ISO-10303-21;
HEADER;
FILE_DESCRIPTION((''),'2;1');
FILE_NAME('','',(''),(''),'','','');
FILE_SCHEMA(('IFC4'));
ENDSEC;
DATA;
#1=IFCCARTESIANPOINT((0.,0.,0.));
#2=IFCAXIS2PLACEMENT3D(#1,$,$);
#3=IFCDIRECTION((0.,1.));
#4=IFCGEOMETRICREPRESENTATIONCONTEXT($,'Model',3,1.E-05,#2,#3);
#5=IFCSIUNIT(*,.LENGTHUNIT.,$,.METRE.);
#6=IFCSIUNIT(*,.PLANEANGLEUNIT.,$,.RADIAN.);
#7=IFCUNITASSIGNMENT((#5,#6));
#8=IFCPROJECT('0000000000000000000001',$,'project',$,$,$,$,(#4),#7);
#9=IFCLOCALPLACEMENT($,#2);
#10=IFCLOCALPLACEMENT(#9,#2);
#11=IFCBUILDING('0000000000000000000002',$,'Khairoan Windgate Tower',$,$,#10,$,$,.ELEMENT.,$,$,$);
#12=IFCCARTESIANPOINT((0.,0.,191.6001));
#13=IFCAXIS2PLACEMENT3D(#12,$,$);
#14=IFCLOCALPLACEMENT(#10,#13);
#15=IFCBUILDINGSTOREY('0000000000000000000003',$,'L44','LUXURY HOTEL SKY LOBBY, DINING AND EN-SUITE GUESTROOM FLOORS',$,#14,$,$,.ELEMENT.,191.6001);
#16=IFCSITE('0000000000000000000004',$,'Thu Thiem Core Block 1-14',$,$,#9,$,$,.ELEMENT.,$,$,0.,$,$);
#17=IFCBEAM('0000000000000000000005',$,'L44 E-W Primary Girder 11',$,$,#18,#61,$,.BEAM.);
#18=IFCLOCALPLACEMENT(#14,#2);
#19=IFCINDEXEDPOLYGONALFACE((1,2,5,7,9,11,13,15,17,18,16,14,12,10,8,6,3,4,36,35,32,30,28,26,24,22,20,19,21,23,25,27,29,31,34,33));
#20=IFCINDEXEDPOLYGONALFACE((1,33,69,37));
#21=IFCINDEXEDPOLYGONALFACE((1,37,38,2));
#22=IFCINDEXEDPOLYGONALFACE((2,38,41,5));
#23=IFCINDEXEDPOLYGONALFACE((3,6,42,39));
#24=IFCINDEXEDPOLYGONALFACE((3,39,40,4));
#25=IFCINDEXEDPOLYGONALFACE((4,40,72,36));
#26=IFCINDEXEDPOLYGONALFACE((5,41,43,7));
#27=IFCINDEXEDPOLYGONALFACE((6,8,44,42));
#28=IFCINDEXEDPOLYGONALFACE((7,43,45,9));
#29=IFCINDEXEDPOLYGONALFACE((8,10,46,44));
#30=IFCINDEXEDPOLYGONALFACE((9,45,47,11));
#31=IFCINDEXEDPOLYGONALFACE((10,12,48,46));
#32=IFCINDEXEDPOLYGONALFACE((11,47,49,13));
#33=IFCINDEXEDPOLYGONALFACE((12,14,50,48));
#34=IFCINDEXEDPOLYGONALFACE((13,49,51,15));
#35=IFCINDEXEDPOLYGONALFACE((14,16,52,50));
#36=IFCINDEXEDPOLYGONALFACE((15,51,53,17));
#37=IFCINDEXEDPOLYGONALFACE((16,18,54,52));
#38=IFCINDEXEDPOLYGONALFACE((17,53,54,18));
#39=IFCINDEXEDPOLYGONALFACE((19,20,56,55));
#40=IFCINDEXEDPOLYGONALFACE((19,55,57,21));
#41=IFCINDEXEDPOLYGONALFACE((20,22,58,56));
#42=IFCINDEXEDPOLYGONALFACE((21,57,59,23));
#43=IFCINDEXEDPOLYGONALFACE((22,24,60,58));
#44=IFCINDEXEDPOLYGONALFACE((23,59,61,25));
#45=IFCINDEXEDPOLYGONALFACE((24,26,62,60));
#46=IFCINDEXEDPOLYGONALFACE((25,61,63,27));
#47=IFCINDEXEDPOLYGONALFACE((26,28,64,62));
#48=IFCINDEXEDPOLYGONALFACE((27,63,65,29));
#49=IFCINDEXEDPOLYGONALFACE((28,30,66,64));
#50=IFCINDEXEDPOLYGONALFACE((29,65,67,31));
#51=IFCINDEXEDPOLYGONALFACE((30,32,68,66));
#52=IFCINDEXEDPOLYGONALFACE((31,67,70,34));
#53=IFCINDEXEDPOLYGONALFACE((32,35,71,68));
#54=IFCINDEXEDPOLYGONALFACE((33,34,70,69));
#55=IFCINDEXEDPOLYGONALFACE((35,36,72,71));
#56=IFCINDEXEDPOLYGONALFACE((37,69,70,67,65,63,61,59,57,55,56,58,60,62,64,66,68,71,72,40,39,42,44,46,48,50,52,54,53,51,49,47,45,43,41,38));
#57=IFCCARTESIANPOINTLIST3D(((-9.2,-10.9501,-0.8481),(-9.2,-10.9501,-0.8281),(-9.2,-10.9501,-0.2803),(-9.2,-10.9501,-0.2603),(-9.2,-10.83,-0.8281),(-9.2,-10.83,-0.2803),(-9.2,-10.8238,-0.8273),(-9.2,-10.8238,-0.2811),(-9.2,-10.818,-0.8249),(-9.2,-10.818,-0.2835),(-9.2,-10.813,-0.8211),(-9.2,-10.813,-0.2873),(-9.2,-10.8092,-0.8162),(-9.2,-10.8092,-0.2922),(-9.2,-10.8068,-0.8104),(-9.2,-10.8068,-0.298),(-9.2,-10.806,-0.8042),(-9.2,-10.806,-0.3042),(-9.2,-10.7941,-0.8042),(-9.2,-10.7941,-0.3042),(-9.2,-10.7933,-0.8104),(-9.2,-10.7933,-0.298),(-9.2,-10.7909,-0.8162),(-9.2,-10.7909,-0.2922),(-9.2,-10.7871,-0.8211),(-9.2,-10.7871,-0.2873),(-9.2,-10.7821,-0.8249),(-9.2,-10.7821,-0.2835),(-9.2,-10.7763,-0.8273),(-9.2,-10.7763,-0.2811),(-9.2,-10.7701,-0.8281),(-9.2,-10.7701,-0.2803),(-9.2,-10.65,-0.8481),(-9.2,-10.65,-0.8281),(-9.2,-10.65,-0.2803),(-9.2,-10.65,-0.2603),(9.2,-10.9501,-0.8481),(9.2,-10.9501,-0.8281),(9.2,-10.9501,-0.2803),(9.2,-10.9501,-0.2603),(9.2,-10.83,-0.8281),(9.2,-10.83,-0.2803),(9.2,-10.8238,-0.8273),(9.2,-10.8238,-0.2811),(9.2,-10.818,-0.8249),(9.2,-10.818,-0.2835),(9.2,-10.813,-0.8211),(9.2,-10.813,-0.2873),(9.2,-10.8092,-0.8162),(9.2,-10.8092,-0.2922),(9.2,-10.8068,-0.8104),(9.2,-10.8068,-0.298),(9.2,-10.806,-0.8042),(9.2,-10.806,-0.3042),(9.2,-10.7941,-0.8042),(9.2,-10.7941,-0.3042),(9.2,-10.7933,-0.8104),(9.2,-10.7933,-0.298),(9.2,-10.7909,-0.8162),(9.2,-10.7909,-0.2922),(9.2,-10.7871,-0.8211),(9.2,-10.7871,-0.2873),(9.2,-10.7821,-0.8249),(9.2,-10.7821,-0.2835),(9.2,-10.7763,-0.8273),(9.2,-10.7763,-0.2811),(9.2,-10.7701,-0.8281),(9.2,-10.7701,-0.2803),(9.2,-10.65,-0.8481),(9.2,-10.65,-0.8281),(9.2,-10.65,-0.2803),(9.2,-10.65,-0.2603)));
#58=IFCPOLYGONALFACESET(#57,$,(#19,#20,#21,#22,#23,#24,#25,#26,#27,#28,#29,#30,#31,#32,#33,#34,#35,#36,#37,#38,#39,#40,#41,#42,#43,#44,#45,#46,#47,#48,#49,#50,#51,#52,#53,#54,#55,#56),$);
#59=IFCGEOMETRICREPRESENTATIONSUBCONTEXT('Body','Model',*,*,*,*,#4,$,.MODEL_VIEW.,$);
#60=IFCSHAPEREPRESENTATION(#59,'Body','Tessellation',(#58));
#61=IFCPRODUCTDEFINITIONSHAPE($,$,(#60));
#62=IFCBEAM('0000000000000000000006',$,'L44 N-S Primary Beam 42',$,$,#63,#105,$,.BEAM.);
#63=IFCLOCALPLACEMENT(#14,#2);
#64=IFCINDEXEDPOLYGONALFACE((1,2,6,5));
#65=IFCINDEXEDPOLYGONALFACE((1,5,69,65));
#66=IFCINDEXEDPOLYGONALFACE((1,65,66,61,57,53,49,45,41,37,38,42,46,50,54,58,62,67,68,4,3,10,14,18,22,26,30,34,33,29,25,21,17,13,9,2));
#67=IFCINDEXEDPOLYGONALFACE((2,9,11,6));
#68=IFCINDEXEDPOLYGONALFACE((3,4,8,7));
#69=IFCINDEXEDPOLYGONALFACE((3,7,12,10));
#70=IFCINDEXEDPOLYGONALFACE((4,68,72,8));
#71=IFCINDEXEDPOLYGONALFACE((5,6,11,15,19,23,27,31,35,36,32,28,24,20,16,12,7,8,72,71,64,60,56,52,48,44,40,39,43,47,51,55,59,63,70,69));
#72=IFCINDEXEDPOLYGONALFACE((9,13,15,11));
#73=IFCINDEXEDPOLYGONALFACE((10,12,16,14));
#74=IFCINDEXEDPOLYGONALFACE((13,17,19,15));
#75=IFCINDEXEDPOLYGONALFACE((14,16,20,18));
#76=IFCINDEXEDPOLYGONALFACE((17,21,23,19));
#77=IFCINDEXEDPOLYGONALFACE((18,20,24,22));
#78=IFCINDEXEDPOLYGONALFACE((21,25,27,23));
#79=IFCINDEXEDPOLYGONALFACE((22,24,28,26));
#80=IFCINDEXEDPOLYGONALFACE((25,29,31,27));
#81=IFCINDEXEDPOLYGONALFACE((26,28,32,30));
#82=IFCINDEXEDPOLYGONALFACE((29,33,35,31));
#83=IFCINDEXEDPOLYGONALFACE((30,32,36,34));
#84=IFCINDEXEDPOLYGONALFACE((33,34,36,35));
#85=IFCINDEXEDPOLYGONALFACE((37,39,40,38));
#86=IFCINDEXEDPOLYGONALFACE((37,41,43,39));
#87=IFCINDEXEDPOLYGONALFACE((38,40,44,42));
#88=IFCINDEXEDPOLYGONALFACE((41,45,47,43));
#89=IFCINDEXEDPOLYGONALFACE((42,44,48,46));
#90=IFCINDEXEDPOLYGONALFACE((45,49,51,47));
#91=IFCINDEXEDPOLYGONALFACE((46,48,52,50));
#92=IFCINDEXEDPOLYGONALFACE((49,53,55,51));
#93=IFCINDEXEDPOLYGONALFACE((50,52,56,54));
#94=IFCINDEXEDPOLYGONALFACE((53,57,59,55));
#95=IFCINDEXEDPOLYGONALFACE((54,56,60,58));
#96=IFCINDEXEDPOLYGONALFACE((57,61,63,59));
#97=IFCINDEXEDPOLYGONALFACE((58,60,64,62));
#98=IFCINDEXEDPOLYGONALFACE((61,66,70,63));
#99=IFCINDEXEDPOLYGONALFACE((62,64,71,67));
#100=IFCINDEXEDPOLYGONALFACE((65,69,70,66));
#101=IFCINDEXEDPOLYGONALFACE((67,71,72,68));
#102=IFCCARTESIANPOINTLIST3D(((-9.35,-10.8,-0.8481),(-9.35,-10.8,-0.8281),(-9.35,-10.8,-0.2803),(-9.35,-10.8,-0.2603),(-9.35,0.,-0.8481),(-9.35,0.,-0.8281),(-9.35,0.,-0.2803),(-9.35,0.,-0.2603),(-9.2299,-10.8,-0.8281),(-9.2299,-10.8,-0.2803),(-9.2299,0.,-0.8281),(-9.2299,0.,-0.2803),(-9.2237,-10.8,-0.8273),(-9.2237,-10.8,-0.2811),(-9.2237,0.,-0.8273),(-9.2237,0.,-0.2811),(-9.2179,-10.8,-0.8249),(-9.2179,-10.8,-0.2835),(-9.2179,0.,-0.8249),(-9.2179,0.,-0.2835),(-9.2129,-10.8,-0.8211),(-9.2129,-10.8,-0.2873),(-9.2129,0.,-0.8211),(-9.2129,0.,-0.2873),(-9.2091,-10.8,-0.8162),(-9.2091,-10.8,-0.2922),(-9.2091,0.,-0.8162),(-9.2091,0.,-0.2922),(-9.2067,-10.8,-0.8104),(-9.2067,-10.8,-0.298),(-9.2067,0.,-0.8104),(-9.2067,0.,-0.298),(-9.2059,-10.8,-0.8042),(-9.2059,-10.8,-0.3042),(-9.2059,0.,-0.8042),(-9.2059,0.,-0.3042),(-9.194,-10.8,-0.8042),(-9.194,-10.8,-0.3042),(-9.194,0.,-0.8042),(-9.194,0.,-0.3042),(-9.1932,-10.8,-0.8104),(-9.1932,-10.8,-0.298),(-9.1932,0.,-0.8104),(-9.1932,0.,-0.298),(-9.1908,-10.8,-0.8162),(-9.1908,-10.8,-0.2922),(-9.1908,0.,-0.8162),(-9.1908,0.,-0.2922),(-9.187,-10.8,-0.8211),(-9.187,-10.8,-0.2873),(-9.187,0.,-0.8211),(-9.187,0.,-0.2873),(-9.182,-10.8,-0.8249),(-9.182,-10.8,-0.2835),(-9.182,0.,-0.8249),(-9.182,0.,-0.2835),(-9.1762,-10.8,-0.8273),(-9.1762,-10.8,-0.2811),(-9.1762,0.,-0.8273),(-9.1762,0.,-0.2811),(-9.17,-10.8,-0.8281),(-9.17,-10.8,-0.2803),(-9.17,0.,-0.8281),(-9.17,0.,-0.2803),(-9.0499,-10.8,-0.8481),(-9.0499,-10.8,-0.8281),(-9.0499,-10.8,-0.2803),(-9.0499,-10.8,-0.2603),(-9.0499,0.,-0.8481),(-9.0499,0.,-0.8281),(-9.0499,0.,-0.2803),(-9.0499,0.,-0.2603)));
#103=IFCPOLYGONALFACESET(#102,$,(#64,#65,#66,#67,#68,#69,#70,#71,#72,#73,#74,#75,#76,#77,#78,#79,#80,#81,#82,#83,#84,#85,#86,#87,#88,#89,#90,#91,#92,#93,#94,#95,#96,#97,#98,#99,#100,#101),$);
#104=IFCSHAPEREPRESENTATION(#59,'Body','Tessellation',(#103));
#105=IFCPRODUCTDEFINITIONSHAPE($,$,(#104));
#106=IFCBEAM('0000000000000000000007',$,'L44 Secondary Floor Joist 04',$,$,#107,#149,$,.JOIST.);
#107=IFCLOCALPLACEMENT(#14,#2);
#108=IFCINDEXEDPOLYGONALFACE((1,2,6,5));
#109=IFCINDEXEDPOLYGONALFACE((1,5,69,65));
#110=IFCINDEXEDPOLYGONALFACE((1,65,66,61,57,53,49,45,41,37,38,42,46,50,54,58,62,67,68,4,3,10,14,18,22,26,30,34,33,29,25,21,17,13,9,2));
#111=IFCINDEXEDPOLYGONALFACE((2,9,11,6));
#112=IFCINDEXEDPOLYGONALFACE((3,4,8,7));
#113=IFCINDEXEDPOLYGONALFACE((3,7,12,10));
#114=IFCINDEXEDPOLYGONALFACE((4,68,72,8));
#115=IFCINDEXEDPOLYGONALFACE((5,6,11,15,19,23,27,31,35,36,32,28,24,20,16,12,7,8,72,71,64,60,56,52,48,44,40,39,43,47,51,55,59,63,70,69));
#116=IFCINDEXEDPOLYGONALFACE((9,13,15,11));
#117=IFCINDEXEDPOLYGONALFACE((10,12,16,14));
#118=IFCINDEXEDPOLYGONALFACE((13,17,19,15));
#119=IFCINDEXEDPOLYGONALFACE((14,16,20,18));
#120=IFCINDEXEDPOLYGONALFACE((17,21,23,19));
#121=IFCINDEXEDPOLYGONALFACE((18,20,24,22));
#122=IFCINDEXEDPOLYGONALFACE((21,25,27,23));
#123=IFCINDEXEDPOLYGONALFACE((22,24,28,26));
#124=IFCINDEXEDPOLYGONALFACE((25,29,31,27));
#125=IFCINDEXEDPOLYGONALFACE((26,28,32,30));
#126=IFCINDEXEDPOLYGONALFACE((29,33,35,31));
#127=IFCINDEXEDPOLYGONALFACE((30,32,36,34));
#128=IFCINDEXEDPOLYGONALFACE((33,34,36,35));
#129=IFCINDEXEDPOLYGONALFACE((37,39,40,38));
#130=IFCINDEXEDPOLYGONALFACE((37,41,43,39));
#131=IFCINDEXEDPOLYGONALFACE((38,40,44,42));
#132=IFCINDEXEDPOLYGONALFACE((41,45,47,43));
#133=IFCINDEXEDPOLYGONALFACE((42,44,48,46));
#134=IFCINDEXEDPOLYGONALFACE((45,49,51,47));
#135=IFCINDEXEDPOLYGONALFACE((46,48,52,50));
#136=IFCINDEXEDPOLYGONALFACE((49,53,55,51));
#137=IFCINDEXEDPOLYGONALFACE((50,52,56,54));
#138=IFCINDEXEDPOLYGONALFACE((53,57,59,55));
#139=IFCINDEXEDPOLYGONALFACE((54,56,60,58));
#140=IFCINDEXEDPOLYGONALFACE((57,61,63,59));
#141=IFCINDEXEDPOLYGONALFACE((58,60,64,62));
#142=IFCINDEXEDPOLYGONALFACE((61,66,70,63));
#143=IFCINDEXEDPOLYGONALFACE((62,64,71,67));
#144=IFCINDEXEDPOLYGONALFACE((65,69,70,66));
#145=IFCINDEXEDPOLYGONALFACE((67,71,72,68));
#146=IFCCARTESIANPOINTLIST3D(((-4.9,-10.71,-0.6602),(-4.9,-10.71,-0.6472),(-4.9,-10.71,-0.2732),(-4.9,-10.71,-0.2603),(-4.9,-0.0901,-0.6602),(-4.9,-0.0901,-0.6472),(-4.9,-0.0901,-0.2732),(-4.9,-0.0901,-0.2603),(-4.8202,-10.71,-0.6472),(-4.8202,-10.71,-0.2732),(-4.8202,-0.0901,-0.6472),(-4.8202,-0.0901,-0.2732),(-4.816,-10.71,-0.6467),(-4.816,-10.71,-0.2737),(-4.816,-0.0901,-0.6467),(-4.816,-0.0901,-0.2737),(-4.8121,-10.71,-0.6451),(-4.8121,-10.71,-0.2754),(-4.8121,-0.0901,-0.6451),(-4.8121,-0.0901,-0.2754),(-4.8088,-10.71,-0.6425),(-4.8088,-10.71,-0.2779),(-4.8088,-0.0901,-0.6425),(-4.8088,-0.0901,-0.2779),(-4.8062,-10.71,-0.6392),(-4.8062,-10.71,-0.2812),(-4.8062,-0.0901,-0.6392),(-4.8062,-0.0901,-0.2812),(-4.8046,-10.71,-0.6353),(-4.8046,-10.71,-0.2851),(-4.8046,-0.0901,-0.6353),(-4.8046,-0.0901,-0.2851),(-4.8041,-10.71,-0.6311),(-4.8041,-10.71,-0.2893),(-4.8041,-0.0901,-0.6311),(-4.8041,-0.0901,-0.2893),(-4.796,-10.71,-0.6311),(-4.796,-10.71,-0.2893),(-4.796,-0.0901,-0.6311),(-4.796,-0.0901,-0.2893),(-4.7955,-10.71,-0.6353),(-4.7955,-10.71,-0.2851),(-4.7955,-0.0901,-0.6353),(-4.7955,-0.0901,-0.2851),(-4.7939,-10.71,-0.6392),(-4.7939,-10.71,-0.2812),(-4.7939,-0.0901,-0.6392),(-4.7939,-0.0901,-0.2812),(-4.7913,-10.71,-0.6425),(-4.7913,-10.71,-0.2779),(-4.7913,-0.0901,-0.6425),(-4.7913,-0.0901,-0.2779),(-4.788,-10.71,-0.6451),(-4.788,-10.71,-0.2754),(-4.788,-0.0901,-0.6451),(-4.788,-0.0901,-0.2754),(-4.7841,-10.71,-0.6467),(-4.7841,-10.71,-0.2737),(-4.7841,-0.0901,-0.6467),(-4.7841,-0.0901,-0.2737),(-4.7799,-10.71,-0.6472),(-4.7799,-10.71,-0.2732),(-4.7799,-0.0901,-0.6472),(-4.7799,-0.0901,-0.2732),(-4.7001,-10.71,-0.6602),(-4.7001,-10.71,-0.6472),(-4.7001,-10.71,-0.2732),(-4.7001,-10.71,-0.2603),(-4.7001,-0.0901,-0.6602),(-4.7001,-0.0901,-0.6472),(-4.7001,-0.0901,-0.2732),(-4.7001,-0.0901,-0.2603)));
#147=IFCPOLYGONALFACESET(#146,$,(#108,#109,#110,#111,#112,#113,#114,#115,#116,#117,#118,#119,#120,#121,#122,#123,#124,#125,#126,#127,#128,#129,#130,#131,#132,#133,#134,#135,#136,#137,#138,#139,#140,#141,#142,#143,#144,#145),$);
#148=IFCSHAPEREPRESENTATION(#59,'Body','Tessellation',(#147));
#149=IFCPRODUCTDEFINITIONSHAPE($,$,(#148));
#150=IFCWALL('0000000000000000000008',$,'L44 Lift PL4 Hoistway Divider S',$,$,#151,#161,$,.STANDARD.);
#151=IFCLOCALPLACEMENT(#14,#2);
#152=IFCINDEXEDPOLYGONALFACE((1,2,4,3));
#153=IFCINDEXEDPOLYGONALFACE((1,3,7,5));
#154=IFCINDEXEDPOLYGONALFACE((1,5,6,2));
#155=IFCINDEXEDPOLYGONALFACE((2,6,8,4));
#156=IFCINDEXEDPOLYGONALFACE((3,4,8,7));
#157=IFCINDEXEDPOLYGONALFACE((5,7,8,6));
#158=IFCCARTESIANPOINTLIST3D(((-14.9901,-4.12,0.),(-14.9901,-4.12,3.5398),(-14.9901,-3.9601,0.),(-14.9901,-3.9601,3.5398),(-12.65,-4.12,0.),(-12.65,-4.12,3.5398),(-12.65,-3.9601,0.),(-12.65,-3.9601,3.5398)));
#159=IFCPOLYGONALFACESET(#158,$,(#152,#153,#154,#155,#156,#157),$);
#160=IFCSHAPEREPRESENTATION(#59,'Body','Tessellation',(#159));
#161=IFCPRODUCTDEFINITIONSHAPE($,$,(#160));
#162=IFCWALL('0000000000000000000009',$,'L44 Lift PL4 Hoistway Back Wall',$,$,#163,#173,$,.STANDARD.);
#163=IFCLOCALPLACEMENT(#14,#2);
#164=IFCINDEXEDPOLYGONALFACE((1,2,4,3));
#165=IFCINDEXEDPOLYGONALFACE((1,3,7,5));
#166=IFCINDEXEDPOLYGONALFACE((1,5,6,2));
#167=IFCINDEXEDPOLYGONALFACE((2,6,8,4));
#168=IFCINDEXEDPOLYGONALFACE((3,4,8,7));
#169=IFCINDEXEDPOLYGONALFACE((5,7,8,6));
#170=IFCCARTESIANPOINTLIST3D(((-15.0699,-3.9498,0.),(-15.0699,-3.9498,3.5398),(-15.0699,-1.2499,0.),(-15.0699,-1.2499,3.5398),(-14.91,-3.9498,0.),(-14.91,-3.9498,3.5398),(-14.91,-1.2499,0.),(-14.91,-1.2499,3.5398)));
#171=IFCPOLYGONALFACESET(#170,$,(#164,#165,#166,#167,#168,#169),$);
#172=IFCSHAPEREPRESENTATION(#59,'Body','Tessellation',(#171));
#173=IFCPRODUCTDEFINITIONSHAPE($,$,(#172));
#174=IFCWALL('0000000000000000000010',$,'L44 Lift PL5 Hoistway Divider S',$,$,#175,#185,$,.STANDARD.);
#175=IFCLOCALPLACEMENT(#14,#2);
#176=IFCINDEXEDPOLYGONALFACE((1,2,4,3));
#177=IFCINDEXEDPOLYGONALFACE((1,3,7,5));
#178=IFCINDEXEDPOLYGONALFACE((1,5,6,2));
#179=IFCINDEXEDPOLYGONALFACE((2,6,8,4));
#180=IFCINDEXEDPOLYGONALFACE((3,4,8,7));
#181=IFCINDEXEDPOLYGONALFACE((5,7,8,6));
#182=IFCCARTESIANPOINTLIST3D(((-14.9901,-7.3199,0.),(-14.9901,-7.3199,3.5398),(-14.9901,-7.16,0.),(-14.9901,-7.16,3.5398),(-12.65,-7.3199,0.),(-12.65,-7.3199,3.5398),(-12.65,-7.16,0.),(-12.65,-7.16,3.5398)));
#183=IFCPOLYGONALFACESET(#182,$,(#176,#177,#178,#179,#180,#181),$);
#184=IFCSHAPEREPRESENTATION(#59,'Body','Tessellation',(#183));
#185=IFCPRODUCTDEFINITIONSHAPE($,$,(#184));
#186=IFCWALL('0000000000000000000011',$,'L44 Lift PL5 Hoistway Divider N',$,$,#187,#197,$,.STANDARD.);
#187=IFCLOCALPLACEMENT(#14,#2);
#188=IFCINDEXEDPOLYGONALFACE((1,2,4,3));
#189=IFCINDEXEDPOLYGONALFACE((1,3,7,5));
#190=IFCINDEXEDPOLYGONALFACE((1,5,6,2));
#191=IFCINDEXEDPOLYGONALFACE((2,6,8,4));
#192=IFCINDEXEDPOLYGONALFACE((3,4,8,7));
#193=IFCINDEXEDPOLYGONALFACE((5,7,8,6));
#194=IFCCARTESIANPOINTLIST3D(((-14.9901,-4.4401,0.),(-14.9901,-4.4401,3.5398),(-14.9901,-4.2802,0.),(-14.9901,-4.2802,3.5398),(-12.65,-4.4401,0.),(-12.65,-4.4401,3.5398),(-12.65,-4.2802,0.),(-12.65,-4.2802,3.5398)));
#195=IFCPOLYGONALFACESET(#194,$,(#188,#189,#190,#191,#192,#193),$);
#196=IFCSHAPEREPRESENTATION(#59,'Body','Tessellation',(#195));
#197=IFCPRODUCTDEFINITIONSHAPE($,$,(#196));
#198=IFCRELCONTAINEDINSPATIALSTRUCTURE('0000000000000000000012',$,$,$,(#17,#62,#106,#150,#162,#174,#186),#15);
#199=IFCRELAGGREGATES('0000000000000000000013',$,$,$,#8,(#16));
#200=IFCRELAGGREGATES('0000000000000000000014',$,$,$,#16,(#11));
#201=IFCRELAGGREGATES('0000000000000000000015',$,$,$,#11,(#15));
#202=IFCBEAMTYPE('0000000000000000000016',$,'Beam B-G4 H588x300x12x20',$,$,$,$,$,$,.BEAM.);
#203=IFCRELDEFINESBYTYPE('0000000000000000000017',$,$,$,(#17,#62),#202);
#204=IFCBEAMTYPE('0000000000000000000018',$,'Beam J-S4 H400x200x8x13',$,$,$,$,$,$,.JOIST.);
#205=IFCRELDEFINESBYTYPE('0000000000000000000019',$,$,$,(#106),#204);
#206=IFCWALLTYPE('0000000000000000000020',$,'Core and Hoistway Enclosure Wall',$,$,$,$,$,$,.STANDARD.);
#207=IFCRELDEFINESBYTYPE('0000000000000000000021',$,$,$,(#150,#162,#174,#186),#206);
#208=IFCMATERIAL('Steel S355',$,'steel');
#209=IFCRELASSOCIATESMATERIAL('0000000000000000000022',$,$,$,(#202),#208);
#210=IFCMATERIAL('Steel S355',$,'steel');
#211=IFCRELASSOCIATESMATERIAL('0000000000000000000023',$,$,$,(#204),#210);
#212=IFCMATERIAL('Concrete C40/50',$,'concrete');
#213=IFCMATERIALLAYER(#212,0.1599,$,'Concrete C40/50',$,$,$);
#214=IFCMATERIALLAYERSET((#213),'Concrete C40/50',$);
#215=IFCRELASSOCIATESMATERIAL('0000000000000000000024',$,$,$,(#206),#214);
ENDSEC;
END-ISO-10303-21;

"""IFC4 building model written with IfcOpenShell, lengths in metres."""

from ifc_helpers import new_model, si_unit, direction, frame, frame_2d, origin, origin_2d, place, context, subcontext, project, spatial, rectangle, i_section, extrude, material, layer, layer_set, material_profile, profile_set, type_object, element, save


model = new_model("IFC4")

# Units and contexts
model_context = context("Model", 3, precision=1e-05, world=origin(), true_north=direction((0.0, 1.0)))
body_context = subcontext(model_context, "Body", "Model", "MODEL_VIEW")
ifc_project = project(units=[si_unit("LENGTHUNIT", "METRE"), si_unit("PLANEANGLEUNIT", "RADIAN")], contexts=[model_context])

# Site, building, storey
site_placement = place(None, origin())
site = spatial("IfcSite", under=ifc_project, at=site_placement, Name="Thu Thiem Core Block 1-14", CompositionType="ELEMENT", RefElevation=0.0)
building_placement = place(site_placement, origin())
building = spatial("IfcBuilding", under=site, at=building_placement, Name="Khairoan Windgate Tower", CompositionType="ELEMENT")
storey_placement = place(building_placement, frame((0.0, 0.0, 191.6001)))
storey = spatial("IfcBuildingStorey", under=building, at=storey_placement, Name="L44", Description="LUXURY HOTEL SKY LOBBY, DINING AND EN-SUITE GUESTROOM FLOORS", CompositionType="ELEMENT", Elevation=191.6001)

# Beams
ifc_material_1 = material(Name="Steel S355", Category="steel")
ifc_material_profile_1 = material_profile(ifc_material_1, i_section(OverallWidth=0.3, OverallDepth=0.5879, WebThickness=0.012, FlangeThickness=0.02, FilletRadius=0.0239, at=origin_2d()))
ifc_profile_set_1 = profile_set([ifc_material_profile_1], Name="Steel S355")
beam_type_1 = type_object("IfcBeamType", Name="Beam B-G4 H588x300x12x20", PredefinedType="BEAM", material=ifc_profile_set_1)
beam_1_placement = place(storey_placement, frame((-9.2, -10.8, -0.5542), z_axis=(1.0, 0.0, 0.0), x_axis=(0.0, 1.0, 0.0)))
element("IfcBeam", 1, at=beam_1_placement, inside=storey, type_object=beam_type_1, Name="L44 E-W Primary Girder 11", PredefinedType="BEAM", context=body_context, shape_type="SweptSolid", body=[
    extrude(i_section(OverallWidth=0.3, OverallDepth=0.5879, WebThickness=0.012, FlangeThickness=0.02, FilletRadius=0.0239, at=origin_2d()), origin(), (0.0, 0.0, 1.0), 18.3999),
])
beam_2_placement = place(storey_placement, frame((-9.2, -10.8, -0.5542), z_axis=(0.0, 1.0, 0.0), x_axis=(-1.0, 0.0, 0.0)))
element("IfcBeam", 2, at=beam_2_placement, inside=storey, type_object=beam_type_1, Name="L44 N-S Primary Beam 42", PredefinedType="BEAM", context=body_context, shape_type="SweptSolid", body=[
    extrude(i_section(OverallWidth=0.3, OverallDepth=0.5879, WebThickness=0.012, FlangeThickness=0.02, FilletRadius=0.0239, at=origin_2d()), origin(), (0.0, 0.0, 1.0), 10.8),
])
ifc_material_2 = material(Name="Steel S355", Category="steel")
ifc_material_profile_2 = material_profile(ifc_material_2, i_section(OverallWidth=0.2, OverallDepth=0.3999, WebThickness=0.0081, FlangeThickness=0.0129, FilletRadius=0.0161, at=origin_2d()))
ifc_profile_set_2 = profile_set([ifc_material_profile_2], Name="Steel S355")
beam_type_2 = type_object("IfcBeamType", Name="Beam J-S4 H400x200x8x13", PredefinedType="JOIST", material=ifc_profile_set_2)
beam_3_placement = place(storey_placement, frame((-4.8, -10.71, -0.4602), z_axis=(0.0, 1.0, 0.0), x_axis=(-1.0, 0.0, 0.0)))
element("IfcBeam", 3, at=beam_3_placement, inside=storey, type_object=beam_type_2, Name="L44 Secondary Floor Joist 04", PredefinedType="JOIST", context=body_context, shape_type="SweptSolid", body=[
    extrude(i_section(OverallWidth=0.2, OverallDepth=0.3999, WebThickness=0.0081, FlangeThickness=0.0129, FilletRadius=0.0161, at=origin_2d()), origin(), (0.0, 0.0, 1.0), 10.6199),
])

# Walls
ifc_material_3 = material(Name="Concrete C40/50", Category="concrete")
ifc_layer = layer(ifc_material_3, 0.1599, Name="Concrete C40/50")
ifc_layer_set = layer_set([ifc_layer], Name="Concrete C40/50")
wall_type = type_object("IfcWallType", Name="Core and Hoistway Enclosure Wall", PredefinedType="STANDARD", material=ifc_layer_set)
wall_1_placement = place(storey_placement, frame((-14.99, -4.04, 0.0), z_axis=(0.0, 0.0, 1.0), x_axis=(1.0, 0.0, 0.0)))
element("IfcWall", 4, at=wall_1_placement, inside=storey, type_object=wall_type, Name="L44 Lift PL4 Hoistway Divider S", PredefinedType="STANDARD", context=body_context, shape_type="SweptSolid", body=[
    extrude(rectangle(XDim=2.3401, YDim=0.1599, at=frame_2d((1.1699, 0.0))), origin(), (0.0, 0.0, 1.0), 3.5398),
])
wall_2_placement = place(storey_placement, frame((-14.99, -3.95, 0.0), z_axis=(0.0, 0.0, 1.0), x_axis=(0.0, 1.0, 0.0)))
element("IfcWall", 5, at=wall_2_placement, inside=storey, type_object=wall_type, Name="L44 Lift PL4 Hoistway Back Wall", PredefinedType="STANDARD", context=body_context, shape_type="SweptSolid", body=[
    extrude(rectangle(XDim=2.7, YDim=0.1599, at=frame_2d((1.3501, 0.0))), origin(), (0.0, 0.0, 1.0), 3.5398),
])
for number, where, z_axis, x_axis, name in (
    (6, (-14.99, -7.24, 0.0), (0.0, 0.0, 1.0), (1.0, 0.0, 0.0), "L44 Lift PL5 Hoistway Divider S"),
    (7, (-14.99, -4.3601, 0.0), (0.0, 0.0, 1.0), (1.0, 0.0, 0.0), "L44 Lift PL5 Hoistway Divider N"),
):
    element("IfcWall", number, at=place(storey_placement, frame(where, z_axis=z_axis, x_axis=x_axis)), inside=storey, type_object=wall_type, Name=name, PredefinedType="STANDARD", context=body_context, shape_type="SweptSolid", body=[
        extrude(rectangle(XDim=2.3401, YDim=0.1599, at=frame_2d((1.1699, 0.0))), origin(), (0.0, 0.0, 1.0), 3.5398),
    ])

save(model, "model.ifc")
